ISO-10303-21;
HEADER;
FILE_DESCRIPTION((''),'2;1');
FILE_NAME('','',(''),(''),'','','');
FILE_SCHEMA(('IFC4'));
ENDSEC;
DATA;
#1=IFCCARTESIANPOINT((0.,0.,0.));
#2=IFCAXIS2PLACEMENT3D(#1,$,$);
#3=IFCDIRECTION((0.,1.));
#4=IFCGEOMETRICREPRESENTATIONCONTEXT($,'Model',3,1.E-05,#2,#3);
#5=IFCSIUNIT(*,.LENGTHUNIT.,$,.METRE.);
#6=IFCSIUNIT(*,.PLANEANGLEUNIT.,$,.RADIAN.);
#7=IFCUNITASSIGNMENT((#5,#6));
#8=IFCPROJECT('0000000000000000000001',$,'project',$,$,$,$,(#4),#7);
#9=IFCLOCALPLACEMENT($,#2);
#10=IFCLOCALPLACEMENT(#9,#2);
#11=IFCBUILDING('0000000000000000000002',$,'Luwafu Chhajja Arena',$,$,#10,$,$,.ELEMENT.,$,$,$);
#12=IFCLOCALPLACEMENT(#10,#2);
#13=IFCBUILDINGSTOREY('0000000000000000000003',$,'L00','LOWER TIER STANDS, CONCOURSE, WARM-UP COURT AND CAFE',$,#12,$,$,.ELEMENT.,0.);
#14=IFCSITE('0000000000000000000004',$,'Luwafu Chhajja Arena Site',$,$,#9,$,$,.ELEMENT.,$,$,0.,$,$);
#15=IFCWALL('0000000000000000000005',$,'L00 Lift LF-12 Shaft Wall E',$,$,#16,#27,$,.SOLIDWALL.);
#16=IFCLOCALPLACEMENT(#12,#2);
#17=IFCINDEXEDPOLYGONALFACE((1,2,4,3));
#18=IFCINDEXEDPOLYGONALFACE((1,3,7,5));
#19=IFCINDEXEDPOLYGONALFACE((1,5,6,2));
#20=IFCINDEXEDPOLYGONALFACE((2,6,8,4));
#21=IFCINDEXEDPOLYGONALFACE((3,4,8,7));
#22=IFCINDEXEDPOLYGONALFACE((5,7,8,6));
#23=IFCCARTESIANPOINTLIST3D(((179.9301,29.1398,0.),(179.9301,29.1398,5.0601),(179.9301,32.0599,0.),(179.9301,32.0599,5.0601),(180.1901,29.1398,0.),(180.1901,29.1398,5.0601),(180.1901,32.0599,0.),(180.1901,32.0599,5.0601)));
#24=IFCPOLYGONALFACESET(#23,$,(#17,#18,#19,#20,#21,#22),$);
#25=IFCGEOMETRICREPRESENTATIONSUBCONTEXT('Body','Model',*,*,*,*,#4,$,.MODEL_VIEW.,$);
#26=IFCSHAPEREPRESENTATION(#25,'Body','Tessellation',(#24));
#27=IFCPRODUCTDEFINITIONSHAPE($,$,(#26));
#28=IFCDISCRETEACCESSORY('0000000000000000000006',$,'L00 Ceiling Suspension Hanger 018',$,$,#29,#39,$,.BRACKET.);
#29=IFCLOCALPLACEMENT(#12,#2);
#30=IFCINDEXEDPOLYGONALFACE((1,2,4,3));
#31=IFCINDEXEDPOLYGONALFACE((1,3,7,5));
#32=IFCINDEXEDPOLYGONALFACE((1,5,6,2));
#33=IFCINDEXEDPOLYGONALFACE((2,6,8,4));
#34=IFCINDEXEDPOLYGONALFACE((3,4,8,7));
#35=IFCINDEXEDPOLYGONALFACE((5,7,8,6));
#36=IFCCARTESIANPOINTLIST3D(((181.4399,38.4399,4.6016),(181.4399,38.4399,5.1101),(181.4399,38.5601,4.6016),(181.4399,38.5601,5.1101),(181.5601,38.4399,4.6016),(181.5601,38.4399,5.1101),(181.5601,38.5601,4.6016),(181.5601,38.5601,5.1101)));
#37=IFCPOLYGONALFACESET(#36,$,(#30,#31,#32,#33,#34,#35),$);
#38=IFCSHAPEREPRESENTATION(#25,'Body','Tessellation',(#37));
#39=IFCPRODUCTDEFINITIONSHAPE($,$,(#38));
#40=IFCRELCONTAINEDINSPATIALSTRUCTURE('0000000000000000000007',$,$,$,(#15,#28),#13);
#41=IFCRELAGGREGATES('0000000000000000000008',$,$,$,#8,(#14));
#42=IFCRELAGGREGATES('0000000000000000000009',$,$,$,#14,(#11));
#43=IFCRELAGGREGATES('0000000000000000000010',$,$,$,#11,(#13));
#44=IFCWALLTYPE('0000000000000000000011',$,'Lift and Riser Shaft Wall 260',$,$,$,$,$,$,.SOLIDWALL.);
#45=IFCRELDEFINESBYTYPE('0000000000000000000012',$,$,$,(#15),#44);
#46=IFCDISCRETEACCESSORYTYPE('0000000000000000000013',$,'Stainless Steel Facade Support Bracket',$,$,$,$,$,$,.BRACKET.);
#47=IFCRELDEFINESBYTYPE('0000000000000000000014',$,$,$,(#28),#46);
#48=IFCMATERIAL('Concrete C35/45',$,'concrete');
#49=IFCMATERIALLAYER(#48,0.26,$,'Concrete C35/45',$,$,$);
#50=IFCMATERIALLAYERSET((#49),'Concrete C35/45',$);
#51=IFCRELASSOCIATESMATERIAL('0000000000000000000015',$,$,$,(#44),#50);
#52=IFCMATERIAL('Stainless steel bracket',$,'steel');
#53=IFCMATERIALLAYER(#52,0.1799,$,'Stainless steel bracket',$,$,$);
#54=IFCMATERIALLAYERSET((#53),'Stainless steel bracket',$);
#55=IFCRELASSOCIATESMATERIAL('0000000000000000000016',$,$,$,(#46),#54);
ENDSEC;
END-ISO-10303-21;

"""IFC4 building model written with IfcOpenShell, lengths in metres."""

from ifc_helpers import new_model, si_unit, direction, frame, frame_2d, origin, origin_2d, place, context, subcontext, project, spatial, rectangle, extrude, material, layer, layer_set, type_object, element, save


model = new_model("IFC4")

# Units and contexts
model_context = context("Model", 3, precision=1e-05, world=origin(), true_north=direction((0.0, 1.0)))
body_context = subcontext(model_context, "Body", "Model", "MODEL_VIEW")
ifc_project = project(units=[si_unit("LENGTHUNIT", "METRE"), si_unit("PLANEANGLEUNIT", "RADIAN")], contexts=[model_context])

# Site, building, storey
site_placement = place(None, origin())
site = spatial("IfcSite", under=ifc_project, at=site_placement, Name="Luwafu Chhajja Arena Site", CompositionType="ELEMENT", RefElevation=0.0)
building_placement = place(site_placement, origin())
building = spatial("IfcBuilding", under=site, at=building_placement, Name="Luwafu Chhajja Arena", CompositionType="ELEMENT")
storey_placement = place(building_placement, origin())
storey = spatial("IfcBuildingStorey", under=building, at=storey_placement, Name="L00", Description="LOWER TIER STANDS, CONCOURSE, WARM-UP COURT AND CAFE", CompositionType="ELEMENT", Elevation=0.0)

# Shared definitions
ifc_material_1 = material(Name="Concrete C35/45", Category="concrete")

# Shared definitions
ifc_layer_1 = layer(ifc_material_1, 0.26, Name="Concrete C35/45")
ifc_layer_set_1 = layer_set([ifc_layer_1], Name="Concrete C35/45")
wall_type_1 = type_object("IfcWallType", Name="Lift and Riser Shaft Wall 260", PredefinedType="SOLIDWALL", material=ifc_layer_set_1)

# Wall
for number, where, z_axis, x_axis, name in (
    (1, (180.0601, 29.1399, 0.0), (0.0, 0.0, 1.0), (0.0, 1.0, 0.0), "L00 Lift LF-12 Shaft Wall E"),
):
    element("IfcWall", number, at=place(storey_placement, frame(where, z_axis=z_axis, x_axis=x_axis)), inside=storey, type_object=wall_type_1, Name=name, PredefinedType="SOLIDWALL", context=body_context, shape_type="SweptSolid", body=[
        extrude(rectangle(XDim=2.9202, YDim=0.26, at=frame_2d((1.46, 0.0))), origin(), (0.0, 0.0, 1.0), 5.0601),
    ])

# Discrete accessory
ifc_material_2 = material(Name="Stainless steel bracket", Category="steel")
ifc_layer_2 = layer(ifc_material_2, 0.1799, Name="Stainless steel bracket")
ifc_layer_set_2 = layer_set([ifc_layer_2], Name="Stainless steel bracket")
discrete_accessory_type = type_object("IfcDiscreteAccessoryType", Name="Stainless Steel Facade Support Bracket", PredefinedType="BRACKET", material=ifc_layer_set_2)
discrete_accessory_placement = place(storey_placement, frame((181.5, 38.5, 4.6016), z_axis=(0.0, 0.0, 1.0), x_axis=(1.0, 0.0, 0.0)))
element("IfcDiscreteAccessory", 2, at=discrete_accessory_placement, inside=storey, type_object=discrete_accessory_type, Name="L00 Ceiling Suspension Hanger 018", PredefinedType="BRACKET", context=body_context, shape_type="SweptSolid", body=[
    extrude(rectangle(XDim=0.1201, YDim=0.1201, at=origin_2d()), origin(), (0.0, 0.0, 1.0), 0.5085),
])

save(model, "model.ifc")
